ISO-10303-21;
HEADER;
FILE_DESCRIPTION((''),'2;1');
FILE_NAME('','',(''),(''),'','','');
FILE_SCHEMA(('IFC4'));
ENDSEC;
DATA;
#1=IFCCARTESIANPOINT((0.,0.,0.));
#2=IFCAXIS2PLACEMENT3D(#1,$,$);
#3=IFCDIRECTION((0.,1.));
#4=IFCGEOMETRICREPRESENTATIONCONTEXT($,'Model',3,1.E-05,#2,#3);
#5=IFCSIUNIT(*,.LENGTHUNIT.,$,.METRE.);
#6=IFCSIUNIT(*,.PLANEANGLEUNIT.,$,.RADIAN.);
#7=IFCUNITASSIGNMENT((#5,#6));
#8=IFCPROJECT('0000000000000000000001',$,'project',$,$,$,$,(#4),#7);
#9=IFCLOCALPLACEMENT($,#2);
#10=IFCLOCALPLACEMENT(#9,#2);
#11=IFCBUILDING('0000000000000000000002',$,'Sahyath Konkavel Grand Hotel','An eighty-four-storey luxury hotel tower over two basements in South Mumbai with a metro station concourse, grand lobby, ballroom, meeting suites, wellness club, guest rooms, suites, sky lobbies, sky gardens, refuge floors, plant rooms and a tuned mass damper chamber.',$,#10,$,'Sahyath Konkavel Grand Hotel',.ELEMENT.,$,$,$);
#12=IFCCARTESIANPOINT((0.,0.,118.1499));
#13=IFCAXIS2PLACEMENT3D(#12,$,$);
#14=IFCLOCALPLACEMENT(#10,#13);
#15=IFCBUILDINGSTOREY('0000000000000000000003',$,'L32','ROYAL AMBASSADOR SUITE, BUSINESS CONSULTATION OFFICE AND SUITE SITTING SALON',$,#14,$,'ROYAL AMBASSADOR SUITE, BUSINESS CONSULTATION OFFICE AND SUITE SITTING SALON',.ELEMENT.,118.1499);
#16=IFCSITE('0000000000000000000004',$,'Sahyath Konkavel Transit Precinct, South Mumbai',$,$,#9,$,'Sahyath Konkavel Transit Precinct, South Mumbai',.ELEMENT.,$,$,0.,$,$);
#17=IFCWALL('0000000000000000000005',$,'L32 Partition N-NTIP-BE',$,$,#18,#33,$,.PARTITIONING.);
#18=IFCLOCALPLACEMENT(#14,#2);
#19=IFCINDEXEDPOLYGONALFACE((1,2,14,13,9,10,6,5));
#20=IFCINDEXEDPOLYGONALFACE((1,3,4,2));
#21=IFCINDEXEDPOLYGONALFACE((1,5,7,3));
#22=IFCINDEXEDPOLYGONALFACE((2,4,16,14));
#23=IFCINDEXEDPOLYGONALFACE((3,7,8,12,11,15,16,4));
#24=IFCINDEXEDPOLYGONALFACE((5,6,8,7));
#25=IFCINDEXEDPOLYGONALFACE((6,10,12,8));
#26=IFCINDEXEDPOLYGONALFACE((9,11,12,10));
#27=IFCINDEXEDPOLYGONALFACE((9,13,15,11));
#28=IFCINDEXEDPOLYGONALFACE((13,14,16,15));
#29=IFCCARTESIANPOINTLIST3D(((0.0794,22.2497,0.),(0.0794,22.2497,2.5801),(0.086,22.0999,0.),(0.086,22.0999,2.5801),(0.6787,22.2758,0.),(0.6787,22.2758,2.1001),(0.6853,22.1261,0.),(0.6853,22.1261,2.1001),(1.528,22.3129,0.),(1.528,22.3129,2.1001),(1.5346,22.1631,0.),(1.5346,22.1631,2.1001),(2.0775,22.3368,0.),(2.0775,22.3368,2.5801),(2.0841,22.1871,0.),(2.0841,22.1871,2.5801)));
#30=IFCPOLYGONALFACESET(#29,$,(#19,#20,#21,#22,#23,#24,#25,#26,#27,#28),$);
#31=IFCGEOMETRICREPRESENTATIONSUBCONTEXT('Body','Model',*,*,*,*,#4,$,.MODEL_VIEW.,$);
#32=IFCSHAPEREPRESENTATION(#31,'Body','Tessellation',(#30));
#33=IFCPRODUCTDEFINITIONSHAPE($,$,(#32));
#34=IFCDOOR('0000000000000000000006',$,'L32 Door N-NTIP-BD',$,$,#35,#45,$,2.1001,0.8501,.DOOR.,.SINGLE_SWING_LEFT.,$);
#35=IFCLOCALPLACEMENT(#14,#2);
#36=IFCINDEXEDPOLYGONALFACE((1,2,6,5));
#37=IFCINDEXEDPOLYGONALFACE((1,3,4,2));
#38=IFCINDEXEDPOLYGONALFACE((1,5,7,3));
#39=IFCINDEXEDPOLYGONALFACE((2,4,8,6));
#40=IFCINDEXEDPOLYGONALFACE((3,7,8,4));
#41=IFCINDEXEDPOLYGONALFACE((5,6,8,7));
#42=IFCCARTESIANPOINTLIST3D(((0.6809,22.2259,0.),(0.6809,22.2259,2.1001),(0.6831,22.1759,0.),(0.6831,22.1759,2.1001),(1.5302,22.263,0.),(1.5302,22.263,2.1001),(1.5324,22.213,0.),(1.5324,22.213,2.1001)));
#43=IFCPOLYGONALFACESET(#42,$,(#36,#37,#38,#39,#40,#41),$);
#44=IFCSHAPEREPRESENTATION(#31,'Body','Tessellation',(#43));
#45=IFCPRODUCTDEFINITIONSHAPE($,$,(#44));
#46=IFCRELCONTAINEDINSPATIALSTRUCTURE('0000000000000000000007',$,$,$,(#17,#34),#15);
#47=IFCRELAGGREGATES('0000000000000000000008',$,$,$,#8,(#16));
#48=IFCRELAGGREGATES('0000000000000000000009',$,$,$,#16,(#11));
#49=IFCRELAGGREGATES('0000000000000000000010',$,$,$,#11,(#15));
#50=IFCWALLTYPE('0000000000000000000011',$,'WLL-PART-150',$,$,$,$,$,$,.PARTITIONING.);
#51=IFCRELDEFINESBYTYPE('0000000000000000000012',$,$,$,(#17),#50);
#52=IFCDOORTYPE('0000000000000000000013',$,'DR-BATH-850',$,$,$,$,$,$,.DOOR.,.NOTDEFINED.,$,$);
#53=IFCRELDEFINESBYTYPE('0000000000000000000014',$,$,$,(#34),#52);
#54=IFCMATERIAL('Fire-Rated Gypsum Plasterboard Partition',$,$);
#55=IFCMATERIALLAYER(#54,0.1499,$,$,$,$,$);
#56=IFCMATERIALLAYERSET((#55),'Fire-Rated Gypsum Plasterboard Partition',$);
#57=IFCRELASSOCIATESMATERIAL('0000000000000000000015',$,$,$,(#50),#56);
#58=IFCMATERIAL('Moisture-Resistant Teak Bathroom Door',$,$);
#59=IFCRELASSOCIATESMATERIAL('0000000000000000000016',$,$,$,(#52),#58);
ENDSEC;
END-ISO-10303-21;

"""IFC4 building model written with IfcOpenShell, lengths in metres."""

from ifc_helpers import new_model, si_unit, direction, frame, frame_2d, origin, origin_2d, place, context, subcontext, project, spatial, rectangle, extrude, source, transform, mapped, material, layer, layer_set, type_object, element, fill, save


model = new_model("IFC4")

# Units and contexts
model_context = context("Model", 3, precision=1e-05, world=origin(), true_north=direction((0.0, 1.0)))
body_context = subcontext(model_context, "Body", "Model", "MODEL_VIEW")
ifc_project = project(units=[si_unit("LENGTHUNIT", "METRE"), si_unit("PLANEANGLEUNIT", "RADIAN")], contexts=[model_context])

# Site, building, storey
site_placement = place(None, origin())
site = spatial("IfcSite", under=ifc_project, at=site_placement, Name="Sahyath Konkavel Transit Precinct, South Mumbai", LongName="Sahyath Konkavel Transit Precinct, South Mumbai", CompositionType="ELEMENT", RefElevation=0.0)
building_placement = place(site_placement, origin())
building = spatial("IfcBuilding", under=site, at=building_placement, Name="Sahyath Konkavel Grand Hotel", Description="An eighty-four-storey luxury hotel tower over two basements in South Mumbai with a metro station concourse, grand lobby, ballroom, meeting suites, wellness club, guest rooms, suites, sky lobbies, sky gardens, refuge floors, plant rooms and a tuned mass damper chamber.", LongName="Sahyath Konkavel Grand Hotel", CompositionType="ELEMENT")
storey_placement = place(building_placement, frame((0.0, 0.0, 118.1499)))
storey = spatial("IfcBuildingStorey", under=building, at=storey_placement, Name="L32", Description="ROYAL AMBASSADOR SUITE, BUSINESS CONSULTATION OFFICE AND SUITE SITTING SALON", LongName="ROYAL AMBASSADOR SUITE, BUSINESS CONSULTATION OFFICE AND SUITE SITTING SALON", CompositionType="ELEMENT", Elevation=118.1499)

# Shared definitions
shared_shape_1 = source(origin(), body_context, "Body", "SweptSolid", [
    extrude(rectangle(XDim=0.8501, YDim=0.05, at=origin_2d()), origin(), (0.0, 0.0, 1.0), 2.1001),
])

# Shared definitions
ifc_material_1 = material(Name="Fire-Rated Gypsum Plasterboard Partition")
ifc_layer_1 = layer(ifc_material_1, 0.1499)
ifc_layer_set_1 = layer_set([ifc_layer_1], Name="Fire-Rated Gypsum Plasterboard Partition")
wall_type_1 = type_object("IfcWallType", Name="WLL-PART-150", PredefinedType="PARTITIONING", material=ifc_layer_set_1)

# Wall, opening, door
wall_1_placement = place(storey_placement, frame((2.0808, 22.262, 0.0), z_axis=(0.0, 0.0, 1.0), x_axis=(-0.99905, -0.04358, 0.0)))
wall_1 = element("IfcWall", 1, at=wall_1_placement, inside=storey, type_object=wall_type_1, Name="L32 Partition N-NTIP-BE", PredefinedType="PARTITIONING", context=body_context, shape_type="SweptSolid", body=[
    extrude(rectangle(XDim=2.0, YDim=0.1499, at=frame_2d((1.0, 0.0))), origin(), (0.0, 0.0, 1.0), 2.5801),
])
opening_1_placement = place(wall_1_placement, frame((0.55, 0.0, 0.0)))
opening_1 = element("IfcOpeningElement", 2, at=opening_1_placement, cuts=wall_1, PredefinedType="OPENING", context=body_context, shape_type="SweptSolid", body=[
    extrude(rectangle(XDim=0.8501, YDim=2.1001, at=frame_2d((0.425, 1.05))), frame((0.0, 0.085, 0.0), z_axis=(0.0, -1.0, 0.0), x_axis=(1.0, 0.0, 0.0)), (0.0, 0.0, 1.0), 0.1699),
])
ifc_material_2 = material(Name="Moisture-Resistant Teak Bathroom Door")
door_type_1 = type_object("IfcDoorType", Name="DR-BATH-850", OperationType="NOTDEFINED", PredefinedType="DOOR", material=ifc_material_2)
door_1_placement = place(opening_1_placement, frame((0.425, 0.0, 0.0)))
door_1 = element("IfcDoor", 3, at=door_1_placement, inside=storey, type_object=door_type_1, Name="L32 Door N-NTIP-BD", OperationType="SINGLE_SWING_LEFT", OverallHeight=2.1001, OverallWidth=0.8501, PredefinedType="DOOR", context=body_context, shape_type="MappedRepresentation", body=[
    mapped(shared_shape_1, transform((0.0, 0.0, 0.0), scale=1.0)),
])
fill(opening_1, door_1)

save(model, "model.ifc")
